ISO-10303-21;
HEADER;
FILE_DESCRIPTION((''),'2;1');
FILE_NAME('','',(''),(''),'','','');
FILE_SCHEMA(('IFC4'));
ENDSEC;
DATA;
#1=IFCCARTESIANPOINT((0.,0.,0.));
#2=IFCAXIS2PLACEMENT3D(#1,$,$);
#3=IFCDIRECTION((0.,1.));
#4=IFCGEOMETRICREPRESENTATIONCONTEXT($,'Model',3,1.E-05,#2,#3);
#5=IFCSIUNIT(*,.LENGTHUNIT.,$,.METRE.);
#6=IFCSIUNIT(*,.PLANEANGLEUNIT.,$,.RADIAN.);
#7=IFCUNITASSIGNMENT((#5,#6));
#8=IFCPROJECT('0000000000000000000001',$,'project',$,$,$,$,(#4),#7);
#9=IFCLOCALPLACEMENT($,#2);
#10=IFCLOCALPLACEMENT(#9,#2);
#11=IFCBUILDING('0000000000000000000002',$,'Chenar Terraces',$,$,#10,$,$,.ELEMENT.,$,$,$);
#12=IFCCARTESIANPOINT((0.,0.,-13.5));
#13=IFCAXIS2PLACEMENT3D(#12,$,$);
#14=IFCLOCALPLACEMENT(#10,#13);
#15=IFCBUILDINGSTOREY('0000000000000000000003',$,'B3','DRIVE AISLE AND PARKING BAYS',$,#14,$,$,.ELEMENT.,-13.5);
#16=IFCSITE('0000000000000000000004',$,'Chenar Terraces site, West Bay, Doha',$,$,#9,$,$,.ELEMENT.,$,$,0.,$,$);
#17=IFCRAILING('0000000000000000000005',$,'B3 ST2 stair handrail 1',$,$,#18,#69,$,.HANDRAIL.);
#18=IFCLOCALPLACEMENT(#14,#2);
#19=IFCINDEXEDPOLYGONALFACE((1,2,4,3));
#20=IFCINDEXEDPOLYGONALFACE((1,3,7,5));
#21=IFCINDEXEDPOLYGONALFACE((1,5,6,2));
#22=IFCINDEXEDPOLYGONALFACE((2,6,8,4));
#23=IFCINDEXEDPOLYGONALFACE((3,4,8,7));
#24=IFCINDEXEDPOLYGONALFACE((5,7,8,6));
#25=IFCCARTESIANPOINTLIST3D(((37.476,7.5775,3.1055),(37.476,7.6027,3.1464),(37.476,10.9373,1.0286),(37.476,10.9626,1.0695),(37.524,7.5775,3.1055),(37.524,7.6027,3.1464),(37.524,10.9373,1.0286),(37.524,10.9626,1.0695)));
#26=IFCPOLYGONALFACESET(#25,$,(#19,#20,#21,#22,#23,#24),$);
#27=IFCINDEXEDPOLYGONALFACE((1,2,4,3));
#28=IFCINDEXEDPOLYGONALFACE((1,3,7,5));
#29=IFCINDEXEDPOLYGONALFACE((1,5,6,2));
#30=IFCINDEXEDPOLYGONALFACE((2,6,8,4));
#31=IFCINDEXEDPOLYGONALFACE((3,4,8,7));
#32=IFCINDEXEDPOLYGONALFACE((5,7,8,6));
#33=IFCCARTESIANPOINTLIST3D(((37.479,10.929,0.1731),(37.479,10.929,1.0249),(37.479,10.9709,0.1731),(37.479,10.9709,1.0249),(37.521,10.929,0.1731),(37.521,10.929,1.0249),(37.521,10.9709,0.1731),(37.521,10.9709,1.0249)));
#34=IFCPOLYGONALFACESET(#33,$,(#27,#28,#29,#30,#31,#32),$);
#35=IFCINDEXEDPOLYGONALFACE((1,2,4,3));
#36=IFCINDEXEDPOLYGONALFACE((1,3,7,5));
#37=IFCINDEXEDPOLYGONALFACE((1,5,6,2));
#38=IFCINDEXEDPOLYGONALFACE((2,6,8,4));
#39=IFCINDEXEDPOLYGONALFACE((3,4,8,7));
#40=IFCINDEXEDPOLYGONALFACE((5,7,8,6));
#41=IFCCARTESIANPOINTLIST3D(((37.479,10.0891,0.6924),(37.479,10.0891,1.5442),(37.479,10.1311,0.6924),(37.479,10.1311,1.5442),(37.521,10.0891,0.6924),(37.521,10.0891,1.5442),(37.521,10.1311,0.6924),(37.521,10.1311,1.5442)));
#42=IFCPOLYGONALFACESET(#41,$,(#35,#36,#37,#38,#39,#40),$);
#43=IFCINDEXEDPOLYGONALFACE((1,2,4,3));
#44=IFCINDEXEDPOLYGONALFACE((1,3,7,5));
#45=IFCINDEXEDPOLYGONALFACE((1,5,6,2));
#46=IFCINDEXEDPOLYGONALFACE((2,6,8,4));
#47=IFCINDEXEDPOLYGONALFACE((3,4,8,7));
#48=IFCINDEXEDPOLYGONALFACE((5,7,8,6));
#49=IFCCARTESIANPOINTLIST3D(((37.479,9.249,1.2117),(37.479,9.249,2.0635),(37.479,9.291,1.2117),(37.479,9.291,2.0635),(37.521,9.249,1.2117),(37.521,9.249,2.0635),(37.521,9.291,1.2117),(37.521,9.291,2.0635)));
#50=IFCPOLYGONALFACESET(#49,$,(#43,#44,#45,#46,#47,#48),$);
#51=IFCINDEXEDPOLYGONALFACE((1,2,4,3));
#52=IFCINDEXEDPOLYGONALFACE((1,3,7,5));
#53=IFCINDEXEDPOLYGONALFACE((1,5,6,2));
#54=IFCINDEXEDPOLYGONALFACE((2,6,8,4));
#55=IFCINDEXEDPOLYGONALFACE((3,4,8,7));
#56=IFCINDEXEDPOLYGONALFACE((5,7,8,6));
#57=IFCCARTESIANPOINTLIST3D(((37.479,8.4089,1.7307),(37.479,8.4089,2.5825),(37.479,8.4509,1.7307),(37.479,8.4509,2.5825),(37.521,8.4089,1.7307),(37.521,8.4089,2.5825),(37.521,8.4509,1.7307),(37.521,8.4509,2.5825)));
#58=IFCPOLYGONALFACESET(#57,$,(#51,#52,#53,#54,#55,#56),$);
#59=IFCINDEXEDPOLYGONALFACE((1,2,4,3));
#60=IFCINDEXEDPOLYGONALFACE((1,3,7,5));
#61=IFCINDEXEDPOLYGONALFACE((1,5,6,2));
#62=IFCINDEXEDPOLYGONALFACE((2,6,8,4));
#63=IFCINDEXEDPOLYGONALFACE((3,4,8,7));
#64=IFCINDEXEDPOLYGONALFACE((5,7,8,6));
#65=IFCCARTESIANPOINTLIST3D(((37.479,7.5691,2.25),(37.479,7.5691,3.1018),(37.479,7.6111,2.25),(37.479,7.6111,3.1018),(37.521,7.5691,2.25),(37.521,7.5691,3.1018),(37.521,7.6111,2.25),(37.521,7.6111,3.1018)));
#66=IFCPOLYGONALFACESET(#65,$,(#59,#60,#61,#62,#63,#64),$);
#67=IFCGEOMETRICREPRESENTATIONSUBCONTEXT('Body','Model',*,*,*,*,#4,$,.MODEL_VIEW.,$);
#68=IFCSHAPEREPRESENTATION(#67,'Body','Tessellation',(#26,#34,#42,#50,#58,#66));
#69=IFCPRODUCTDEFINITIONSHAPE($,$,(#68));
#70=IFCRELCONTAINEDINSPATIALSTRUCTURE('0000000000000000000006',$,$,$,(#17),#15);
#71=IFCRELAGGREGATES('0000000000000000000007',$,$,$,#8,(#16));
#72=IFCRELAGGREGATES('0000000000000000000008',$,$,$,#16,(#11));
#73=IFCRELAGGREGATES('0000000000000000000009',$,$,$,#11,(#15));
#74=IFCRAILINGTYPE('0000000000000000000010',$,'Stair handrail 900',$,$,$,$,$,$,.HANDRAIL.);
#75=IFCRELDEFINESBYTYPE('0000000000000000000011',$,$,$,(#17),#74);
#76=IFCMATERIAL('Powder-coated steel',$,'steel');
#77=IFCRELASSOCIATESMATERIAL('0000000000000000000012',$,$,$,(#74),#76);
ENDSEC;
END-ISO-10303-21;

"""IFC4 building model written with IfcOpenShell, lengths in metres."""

from ifc_helpers import new_model, si_unit, direction, frame, origin, origin_2d, place, context, subcontext, project, spatial, rectangle, extrude, material, type_object, element, save


model = new_model("IFC4")

# Units and contexts
model_context = context("Model", 3, precision=1e-05, world=origin(), true_north=direction((0.0, 1.0)))
body_context = subcontext(model_context, "Body", "Model", "MODEL_VIEW")
ifc_project = project(units=[si_unit("LENGTHUNIT", "METRE"), si_unit("PLANEANGLEUNIT", "RADIAN")], contexts=[model_context])

# Site, building, storey
site_placement = place(None, origin())
site = spatial("IfcSite", under=ifc_project, at=site_placement, Name="Chenar Terraces site, West Bay, Doha", CompositionType="ELEMENT", RefElevation=0.0)
building_placement = place(site_placement, origin())
building = spatial("IfcBuilding", under=site, at=building_placement, Name="Chenar Terraces", CompositionType="ELEMENT")
storey_placement = place(building_placement, frame((0.0, 0.0, -13.5)))
storey = spatial("IfcBuildingStorey", under=building, at=storey_placement, Name="B3", Description="DRIVE AISLE AND PARKING BAYS", CompositionType="ELEMENT", Elevation=-13.5)

# Railing
ifc_material_1 = material(Name="Powder-coated steel", Category="steel")
railing_type_1 = type_object("IfcRailingType", Name="Stair handrail 900", PredefinedType="HANDRAIL", material=ifc_material_1)
railing_1_placement = place(storey_placement, frame((37.5, 10.95, 0.1731)))
element("IfcRailing", 1, at=railing_1_placement, inside=storey, type_object=railing_type_1, Name="B3 ST2 stair handrail 1", PredefinedType="HANDRAIL", context=body_context, shape_type="SweptSolid", body=[
    extrude(rectangle(XDim=0.0481, YDim=0.0481, at=origin_2d()), frame((0.0, 0.0, 0.876), z_axis=(0.0, -0.850606, 0.525803), x_axis=(1.0, 0.0, 0.0)), (0.0, 0.0, 1.0), 3.95),
    extrude(rectangle(XDim=0.042, YDim=0.042, at=origin_2d()), origin(), (0.0, 0.0, 1.0), 0.8518),
    extrude(rectangle(XDim=0.042, YDim=0.042, at=origin_2d()), frame((0.0, -0.8398, 0.5193)), (0.0, 0.0, 1.0), 0.8518),
    extrude(rectangle(XDim=0.042, YDim=0.042, at=origin_2d()), frame((0.0, -1.6799, 1.0386)), (0.0, 0.0, 1.0), 0.8518),
    extrude(rectangle(XDim=0.042, YDim=0.042, at=origin_2d()), frame((0.0, -2.52, 1.5576)), (0.0, 0.0, 1.0), 0.8518),
    extrude(rectangle(XDim=0.042, YDim=0.042, at=origin_2d()), frame((0.0, -3.3599, 2.0769)), (0.0, 0.0, 1.0), 0.8518),
])

save(model, "model.ifc")
